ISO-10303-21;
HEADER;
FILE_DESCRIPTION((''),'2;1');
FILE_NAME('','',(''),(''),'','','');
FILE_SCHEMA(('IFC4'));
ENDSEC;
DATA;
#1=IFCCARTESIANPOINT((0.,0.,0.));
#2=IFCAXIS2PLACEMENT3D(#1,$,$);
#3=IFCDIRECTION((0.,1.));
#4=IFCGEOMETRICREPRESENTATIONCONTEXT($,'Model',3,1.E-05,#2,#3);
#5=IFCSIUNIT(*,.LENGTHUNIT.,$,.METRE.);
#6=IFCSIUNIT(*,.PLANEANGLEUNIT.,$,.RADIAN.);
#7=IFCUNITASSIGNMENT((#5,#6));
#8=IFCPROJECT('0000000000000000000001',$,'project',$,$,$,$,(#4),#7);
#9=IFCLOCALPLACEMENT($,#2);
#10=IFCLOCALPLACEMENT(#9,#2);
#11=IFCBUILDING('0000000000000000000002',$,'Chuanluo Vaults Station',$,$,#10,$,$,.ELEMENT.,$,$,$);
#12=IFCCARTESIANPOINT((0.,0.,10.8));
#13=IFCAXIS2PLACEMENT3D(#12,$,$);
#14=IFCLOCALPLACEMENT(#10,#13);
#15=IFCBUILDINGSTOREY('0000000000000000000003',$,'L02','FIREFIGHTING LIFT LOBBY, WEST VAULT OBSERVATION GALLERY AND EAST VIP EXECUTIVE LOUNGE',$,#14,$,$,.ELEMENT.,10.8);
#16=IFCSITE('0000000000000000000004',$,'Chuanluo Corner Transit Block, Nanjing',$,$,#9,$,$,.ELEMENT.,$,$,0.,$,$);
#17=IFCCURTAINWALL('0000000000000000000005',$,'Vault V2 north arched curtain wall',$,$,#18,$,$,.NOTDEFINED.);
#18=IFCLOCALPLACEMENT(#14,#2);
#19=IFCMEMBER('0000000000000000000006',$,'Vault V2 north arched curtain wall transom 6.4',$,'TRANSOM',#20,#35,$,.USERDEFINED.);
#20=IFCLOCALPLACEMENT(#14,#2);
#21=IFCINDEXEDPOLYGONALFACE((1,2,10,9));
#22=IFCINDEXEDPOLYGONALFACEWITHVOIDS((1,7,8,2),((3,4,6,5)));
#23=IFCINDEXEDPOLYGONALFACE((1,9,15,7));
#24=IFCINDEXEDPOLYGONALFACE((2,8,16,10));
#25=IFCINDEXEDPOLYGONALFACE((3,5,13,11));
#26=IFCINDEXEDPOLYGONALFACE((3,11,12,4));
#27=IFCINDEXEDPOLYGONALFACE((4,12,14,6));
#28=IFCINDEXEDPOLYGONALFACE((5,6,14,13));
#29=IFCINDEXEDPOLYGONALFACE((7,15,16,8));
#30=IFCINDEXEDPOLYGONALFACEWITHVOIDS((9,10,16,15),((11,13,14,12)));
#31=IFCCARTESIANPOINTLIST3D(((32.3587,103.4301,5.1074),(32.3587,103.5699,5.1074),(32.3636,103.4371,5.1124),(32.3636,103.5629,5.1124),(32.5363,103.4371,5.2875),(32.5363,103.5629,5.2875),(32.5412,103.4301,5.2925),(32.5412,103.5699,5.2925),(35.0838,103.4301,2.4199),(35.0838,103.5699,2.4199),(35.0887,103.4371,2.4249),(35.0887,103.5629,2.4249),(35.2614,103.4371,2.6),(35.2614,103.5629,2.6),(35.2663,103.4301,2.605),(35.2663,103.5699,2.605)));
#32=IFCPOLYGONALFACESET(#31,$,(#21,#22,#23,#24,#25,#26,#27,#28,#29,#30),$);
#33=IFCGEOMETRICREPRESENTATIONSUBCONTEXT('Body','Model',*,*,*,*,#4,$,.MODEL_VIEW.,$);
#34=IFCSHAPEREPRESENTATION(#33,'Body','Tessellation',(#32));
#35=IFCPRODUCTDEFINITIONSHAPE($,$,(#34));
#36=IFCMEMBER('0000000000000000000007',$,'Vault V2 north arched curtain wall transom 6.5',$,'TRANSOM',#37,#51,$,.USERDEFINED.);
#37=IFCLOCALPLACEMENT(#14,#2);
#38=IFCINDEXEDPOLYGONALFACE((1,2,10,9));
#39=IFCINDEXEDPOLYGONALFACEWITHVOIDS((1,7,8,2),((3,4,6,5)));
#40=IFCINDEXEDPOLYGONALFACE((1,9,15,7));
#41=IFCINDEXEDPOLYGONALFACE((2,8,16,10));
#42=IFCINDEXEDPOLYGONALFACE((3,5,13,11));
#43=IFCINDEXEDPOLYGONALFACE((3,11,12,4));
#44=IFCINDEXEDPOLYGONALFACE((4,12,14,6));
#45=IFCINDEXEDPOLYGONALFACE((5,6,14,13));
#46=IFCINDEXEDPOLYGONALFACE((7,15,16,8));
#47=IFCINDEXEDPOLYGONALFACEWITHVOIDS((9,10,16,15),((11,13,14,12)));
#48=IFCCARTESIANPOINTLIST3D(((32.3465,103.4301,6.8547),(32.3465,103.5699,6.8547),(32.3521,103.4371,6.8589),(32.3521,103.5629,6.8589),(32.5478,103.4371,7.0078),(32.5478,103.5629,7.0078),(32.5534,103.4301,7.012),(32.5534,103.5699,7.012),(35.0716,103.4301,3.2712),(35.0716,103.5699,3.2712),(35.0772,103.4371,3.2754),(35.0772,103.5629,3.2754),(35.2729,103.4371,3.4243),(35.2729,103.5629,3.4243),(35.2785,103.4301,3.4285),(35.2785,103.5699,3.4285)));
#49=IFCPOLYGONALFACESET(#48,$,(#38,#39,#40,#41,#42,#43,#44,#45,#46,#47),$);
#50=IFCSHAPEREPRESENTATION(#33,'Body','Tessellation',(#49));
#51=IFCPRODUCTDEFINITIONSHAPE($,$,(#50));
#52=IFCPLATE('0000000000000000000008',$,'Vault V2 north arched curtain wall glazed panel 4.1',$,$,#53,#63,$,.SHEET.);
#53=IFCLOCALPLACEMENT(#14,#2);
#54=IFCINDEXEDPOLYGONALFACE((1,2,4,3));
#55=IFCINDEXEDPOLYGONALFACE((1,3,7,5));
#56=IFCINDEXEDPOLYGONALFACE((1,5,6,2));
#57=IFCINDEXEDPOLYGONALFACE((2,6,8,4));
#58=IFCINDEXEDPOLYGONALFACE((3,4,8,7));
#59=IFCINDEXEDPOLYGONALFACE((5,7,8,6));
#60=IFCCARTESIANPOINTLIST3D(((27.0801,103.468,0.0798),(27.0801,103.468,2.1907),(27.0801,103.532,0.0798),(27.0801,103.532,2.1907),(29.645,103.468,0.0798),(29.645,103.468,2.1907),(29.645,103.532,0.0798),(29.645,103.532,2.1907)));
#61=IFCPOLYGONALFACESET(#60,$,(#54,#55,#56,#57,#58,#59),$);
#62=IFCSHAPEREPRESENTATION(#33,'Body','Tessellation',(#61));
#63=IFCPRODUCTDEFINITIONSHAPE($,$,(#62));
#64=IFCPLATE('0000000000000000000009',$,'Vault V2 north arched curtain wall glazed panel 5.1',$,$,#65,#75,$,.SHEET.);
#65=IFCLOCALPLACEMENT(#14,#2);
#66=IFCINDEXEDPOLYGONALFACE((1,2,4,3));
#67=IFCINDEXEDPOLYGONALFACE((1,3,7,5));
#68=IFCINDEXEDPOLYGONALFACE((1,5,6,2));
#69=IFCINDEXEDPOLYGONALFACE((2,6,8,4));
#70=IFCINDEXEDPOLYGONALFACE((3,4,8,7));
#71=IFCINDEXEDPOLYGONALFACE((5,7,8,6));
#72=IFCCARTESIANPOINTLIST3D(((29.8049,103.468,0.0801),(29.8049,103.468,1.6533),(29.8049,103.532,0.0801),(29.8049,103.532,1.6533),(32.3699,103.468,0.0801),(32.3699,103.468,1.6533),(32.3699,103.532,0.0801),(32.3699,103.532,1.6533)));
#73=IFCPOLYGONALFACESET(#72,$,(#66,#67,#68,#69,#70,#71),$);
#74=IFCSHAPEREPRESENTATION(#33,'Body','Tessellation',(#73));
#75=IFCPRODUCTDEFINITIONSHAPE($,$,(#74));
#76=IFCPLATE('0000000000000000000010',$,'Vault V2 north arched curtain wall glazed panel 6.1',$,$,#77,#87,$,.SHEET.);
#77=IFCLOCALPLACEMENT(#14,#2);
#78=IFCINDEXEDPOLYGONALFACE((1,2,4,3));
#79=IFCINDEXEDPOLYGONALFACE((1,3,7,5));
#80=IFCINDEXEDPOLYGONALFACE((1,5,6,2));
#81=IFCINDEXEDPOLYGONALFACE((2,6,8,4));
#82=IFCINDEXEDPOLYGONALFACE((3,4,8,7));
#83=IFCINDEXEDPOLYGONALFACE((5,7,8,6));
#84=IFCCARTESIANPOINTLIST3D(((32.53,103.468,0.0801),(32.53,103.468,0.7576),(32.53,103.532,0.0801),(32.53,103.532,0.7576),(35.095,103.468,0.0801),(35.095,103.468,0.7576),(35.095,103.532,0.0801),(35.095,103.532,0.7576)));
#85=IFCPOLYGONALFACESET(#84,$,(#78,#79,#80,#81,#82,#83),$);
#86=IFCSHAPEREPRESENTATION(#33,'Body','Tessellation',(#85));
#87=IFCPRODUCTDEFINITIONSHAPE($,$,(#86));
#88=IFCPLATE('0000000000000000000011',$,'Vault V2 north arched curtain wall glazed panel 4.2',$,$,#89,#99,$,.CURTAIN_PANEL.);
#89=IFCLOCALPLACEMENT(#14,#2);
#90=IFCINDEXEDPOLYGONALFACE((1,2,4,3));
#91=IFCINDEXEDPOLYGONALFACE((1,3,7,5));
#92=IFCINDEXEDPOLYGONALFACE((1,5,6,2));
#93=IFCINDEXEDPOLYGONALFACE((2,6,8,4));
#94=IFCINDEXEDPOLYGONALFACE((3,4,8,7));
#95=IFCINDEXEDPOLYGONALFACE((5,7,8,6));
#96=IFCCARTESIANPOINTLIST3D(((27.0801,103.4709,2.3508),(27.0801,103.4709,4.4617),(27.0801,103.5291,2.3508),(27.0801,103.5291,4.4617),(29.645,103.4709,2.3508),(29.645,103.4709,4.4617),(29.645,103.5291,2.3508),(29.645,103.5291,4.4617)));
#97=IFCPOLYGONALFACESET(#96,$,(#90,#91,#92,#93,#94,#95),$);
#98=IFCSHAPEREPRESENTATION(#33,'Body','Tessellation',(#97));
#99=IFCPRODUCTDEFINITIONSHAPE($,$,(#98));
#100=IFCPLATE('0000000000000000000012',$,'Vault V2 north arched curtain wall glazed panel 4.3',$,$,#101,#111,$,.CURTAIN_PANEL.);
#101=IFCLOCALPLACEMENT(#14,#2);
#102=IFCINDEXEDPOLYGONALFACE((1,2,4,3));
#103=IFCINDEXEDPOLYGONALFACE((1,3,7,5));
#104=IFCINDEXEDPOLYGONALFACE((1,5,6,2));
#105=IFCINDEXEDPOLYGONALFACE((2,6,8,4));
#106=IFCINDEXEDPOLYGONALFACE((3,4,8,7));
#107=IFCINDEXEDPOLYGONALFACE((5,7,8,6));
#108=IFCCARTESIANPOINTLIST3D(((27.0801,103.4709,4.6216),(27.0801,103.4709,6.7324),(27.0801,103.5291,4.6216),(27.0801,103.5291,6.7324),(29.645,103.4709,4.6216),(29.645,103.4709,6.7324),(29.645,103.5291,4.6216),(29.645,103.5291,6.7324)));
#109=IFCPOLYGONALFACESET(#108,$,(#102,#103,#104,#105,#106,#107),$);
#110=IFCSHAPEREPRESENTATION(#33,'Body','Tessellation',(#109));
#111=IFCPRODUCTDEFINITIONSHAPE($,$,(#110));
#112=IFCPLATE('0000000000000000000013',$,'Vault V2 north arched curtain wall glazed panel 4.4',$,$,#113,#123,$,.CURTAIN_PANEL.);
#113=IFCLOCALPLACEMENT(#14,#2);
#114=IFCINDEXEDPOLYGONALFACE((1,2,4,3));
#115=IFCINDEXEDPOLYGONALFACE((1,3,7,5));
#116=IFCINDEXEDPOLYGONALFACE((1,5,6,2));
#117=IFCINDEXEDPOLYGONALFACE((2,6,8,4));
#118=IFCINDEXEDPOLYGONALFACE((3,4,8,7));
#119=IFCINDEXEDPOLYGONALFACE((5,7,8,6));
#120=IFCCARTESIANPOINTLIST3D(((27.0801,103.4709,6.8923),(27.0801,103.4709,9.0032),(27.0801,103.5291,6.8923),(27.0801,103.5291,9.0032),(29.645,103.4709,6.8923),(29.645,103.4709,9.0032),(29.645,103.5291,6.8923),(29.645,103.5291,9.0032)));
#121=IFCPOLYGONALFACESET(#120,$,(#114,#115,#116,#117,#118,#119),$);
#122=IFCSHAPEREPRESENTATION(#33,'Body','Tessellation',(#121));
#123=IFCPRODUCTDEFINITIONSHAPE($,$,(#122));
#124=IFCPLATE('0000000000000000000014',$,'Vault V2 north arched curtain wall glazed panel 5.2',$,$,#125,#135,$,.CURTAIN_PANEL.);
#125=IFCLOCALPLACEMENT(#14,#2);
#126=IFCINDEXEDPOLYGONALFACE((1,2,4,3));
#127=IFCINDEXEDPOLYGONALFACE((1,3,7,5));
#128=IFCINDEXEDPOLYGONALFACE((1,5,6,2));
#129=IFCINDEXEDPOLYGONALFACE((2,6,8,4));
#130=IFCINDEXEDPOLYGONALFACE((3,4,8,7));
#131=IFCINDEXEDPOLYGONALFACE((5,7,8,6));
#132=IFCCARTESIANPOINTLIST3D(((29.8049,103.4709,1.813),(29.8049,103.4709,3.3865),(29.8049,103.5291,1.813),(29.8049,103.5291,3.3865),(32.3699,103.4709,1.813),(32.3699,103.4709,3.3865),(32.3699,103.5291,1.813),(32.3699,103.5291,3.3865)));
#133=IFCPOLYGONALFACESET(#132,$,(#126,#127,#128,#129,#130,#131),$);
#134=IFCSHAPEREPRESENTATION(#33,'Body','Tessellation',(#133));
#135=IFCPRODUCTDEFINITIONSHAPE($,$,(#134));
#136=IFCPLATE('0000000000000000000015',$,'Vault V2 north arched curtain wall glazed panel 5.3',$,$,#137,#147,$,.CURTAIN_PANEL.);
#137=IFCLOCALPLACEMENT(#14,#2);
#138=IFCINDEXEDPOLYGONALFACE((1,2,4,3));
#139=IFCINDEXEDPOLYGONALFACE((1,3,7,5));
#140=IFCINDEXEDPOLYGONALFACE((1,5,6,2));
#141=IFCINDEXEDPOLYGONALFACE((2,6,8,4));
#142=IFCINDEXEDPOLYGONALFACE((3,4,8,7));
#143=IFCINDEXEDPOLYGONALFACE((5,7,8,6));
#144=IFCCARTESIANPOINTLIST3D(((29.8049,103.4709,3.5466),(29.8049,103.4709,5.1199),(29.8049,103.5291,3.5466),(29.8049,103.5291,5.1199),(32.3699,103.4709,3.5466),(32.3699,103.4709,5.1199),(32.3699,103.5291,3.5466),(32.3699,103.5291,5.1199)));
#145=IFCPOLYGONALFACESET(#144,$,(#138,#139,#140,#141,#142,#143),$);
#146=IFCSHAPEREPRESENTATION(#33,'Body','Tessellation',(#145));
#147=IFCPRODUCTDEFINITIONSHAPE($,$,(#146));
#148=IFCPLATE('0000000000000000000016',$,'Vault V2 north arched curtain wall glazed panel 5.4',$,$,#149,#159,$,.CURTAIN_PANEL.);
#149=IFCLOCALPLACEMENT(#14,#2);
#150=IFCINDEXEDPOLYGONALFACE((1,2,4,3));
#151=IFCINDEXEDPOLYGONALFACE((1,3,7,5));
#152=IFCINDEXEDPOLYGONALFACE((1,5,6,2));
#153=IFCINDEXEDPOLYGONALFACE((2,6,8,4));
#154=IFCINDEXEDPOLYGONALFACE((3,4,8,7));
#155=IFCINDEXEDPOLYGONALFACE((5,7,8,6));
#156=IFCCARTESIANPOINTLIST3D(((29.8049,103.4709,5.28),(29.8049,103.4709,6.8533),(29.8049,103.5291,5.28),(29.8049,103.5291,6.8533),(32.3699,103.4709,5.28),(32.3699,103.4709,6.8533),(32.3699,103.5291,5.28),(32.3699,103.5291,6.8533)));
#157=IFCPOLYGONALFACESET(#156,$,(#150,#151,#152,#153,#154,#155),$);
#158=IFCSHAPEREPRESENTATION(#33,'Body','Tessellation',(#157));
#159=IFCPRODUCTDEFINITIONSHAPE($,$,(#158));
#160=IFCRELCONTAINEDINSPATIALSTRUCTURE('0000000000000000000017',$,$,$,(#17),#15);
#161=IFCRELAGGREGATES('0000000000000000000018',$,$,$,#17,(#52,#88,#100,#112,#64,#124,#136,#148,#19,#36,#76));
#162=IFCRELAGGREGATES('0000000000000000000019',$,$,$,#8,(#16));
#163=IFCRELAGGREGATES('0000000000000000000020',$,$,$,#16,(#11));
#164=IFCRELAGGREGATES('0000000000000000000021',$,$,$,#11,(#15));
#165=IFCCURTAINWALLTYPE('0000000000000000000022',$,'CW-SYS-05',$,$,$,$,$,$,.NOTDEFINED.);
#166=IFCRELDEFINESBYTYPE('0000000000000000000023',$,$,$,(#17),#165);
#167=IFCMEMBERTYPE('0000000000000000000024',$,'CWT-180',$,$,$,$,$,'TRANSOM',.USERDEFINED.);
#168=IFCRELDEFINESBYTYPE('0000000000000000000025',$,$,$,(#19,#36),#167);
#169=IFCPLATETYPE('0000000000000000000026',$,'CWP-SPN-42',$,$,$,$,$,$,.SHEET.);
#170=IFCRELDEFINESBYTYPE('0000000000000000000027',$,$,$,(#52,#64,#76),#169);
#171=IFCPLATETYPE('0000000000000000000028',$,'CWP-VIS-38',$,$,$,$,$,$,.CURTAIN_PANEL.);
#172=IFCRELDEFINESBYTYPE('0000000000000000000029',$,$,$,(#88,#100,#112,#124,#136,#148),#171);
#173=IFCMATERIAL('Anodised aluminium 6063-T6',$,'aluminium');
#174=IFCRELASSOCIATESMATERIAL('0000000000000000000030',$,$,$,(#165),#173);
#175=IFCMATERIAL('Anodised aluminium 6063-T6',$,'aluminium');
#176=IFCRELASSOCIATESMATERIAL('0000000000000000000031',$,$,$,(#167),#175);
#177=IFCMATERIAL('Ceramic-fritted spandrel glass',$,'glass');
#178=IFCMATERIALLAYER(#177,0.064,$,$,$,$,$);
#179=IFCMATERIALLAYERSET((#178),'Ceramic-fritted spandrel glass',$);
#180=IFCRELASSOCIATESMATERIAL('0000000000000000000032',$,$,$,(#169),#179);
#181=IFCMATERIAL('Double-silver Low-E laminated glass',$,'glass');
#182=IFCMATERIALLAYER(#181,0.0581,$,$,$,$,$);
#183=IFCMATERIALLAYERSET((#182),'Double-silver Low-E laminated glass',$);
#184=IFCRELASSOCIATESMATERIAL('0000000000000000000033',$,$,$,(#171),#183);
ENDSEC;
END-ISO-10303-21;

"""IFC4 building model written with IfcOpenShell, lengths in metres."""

from ifc_helpers import new_model, si_unit, direction, frame, origin, origin_2d, place, context, subcontext, project, spatial, rectangle, hollow_rectangle, extrude, material, layer, layer_set, material_profile, profile_set, type_object, element, aggregate, save


model = new_model("IFC4")

# Units and contexts
model_context = context("Model", 3, precision=1e-05, world=origin(), true_north=direction((0.0, 1.0)))
body_context = subcontext(model_context, "Body", "Model", "MODEL_VIEW")
ifc_project = project(units=[si_unit("LENGTHUNIT", "METRE"), si_unit("PLANEANGLEUNIT", "RADIAN")], contexts=[model_context])

# Site, building, storey
site_placement = place(None, origin())
site = spatial("IfcSite", under=ifc_project, at=site_placement, Name="Chuanluo Corner Transit Block, Nanjing", CompositionType="ELEMENT", RefElevation=0.0)
building_placement = place(site_placement, origin())
building = spatial("IfcBuilding", under=site, at=building_placement, Name="Chuanluo Vaults Station", CompositionType="ELEMENT")
storey_placement = place(building_placement, frame((0.0, 0.0, 10.8)))
storey = spatial("IfcBuildingStorey", under=building, at=storey_placement, Name="L02", Description="FIREFIGHTING LIFT LOBBY, WEST VAULT OBSERVATION GALLERY AND EAST VIP EXECUTIVE LOUNGE", CompositionType="ELEMENT", Elevation=10.8)

# Curtain wall, members, plates
ifc_material_1 = material(Name="Anodised aluminium 6063-T6", Category="aluminium")
curtain_wall_type = type_object("IfcCurtainWallType", Name="CW-SYS-05", PredefinedType="NOTDEFINED", material=ifc_material_1)
curtain_wall_placement = place(storey_placement, origin())
curtain_wall = element("IfcCurtainWall", 1, at=curtain_wall_placement, inside=storey, type_object=curtain_wall_type, Name="Vault V2 north arched curtain wall", PredefinedType="NOTDEFINED")
ifc_material_2 = material(Name="Anodised aluminium 6063-T6", Category="aluminium")
ifc_material_profile_1 = material_profile(ifc_material_2, hollow_rectangle(XDim=0.1399, YDim=0.26, WallThickness=0.0071, at=origin_2d()))
ifc_profile_set_1 = profile_set([ifc_material_profile_1], Name="Anodised aluminium 6063-T6")
member_type_1 = type_object("IfcMemberType", Name="CWT-180", ElementType="TRANSOM", PredefinedType="USERDEFINED", material=ifc_profile_set_1)
member_1_placement = place(storey_placement, frame((32.45, 103.5, 5.2), z_axis=(0.712001, 0.0, -0.702178), x_axis=(0.0, 1.0, 0.0)))
member_1 = element("IfcMember", 2, at=member_1_placement, type_object=member_type_1, Name="Vault V2 north arched curtain wall transom 6.4", ObjectType="TRANSOM", PredefinedType="USERDEFINED", context=body_context, shape_type="SweptSolid", body=[
    extrude(hollow_rectangle(XDim=0.1399, YDim=0.26, WallThickness=0.0071, at=origin_2d()), origin(), (0.0, 0.0, 1.0), 3.8274),
])
member_2_placement = place(storey_placement, frame((32.45, 103.5, 6.9333), z_axis=(0.605314, 0.0, -0.795987), x_axis=(0.0, 1.0, 0.0)))
member_2 = element("IfcMember", 3, at=member_2_placement, type_object=member_type_1, Name="Vault V2 north arched curtain wall transom 6.5", ObjectType="TRANSOM", PredefinedType="USERDEFINED", context=body_context, shape_type="SweptSolid", body=[
    extrude(hollow_rectangle(XDim=0.1399, YDim=0.26, WallThickness=0.0071, at=origin_2d()), origin(), (0.0, 0.0, 1.0), 4.502),
])
ifc_material_3 = material(Name="Ceramic-fritted spandrel glass", Category="glass")
ifc_layer_1 = layer(ifc_material_3, 0.064)
ifc_layer_set_1 = layer_set([ifc_layer_1], Name="Ceramic-fritted spandrel glass")
plate_type_1 = type_object("IfcPlateType", Name="CWP-SPN-42", PredefinedType="SHEET", material=ifc_layer_set_1)
plate_1_placement = place(storey_placement, frame((28.3625, 103.5, 0.0798), z_axis=(0.0, 0.0, 1.0), x_axis=(1.0, 0.0, 0.0)))
plate_1 = element("IfcPlate", 4, at=plate_1_placement, type_object=plate_type_1, Name="Vault V2 north arched curtain wall glazed panel 4.1", PredefinedType="SHEET", context=body_context, shape_type="SweptSolid", body=[
    extrude(rectangle(XDim=2.5649, YDim=0.064, at=origin_2d()), origin(), (0.0, 0.0, 1.0), 2.1108),
])
plate_2_placement = place(storey_placement, frame((31.0874, 103.5, 0.0801), z_axis=(0.0, 0.0, 1.0), x_axis=(1.0, 0.0, 0.0)))
plate_2 = element("IfcPlate", 5, at=plate_2_placement, type_object=plate_type_1, Name="Vault V2 north arched curtain wall glazed panel 5.1", PredefinedType="SHEET", context=body_context, shape_type="SweptSolid", body=[
    extrude(rectangle(XDim=2.5649, YDim=0.064, at=origin_2d()), origin(), (0.0, 0.0, 1.0), 1.5732),
])
plate_3_placement = place(storey_placement, frame((33.8125, 103.5, 0.0801), z_axis=(0.0, 0.0, 1.0), x_axis=(1.0, 0.0, 0.0)))
plate_3 = element("IfcPlate", 6, at=plate_3_placement, type_object=plate_type_1, Name="Vault V2 north arched curtain wall glazed panel 6.1", PredefinedType="SHEET", context=body_context, shape_type="SweptSolid", body=[
    extrude(rectangle(XDim=2.5649, YDim=0.064, at=origin_2d()), origin(), (0.0, 0.0, 1.0), 0.6775),
])
ifc_material_4 = material(Name="Double-silver Low-E laminated glass", Category="glass")
ifc_layer_2 = layer(ifc_material_4, 0.0581)
ifc_layer_set_2 = layer_set([ifc_layer_2], Name="Double-silver Low-E laminated glass")
plate_type_2 = type_object("IfcPlateType", Name="CWP-VIS-38", PredefinedType="CURTAIN_PANEL", material=ifc_layer_set_2)
plate_4_placement = place(storey_placement, frame((28.3625, 103.5, 2.3508), z_axis=(0.0, 0.0, 1.0), x_axis=(1.0, 0.0, 0.0)))
plate_4 = element("IfcPlate", 7, at=plate_4_placement, type_object=plate_type_2, Name="Vault V2 north arched curtain wall glazed panel 4.2", PredefinedType="CURTAIN_PANEL", context=body_context, shape_type="SweptSolid", body=[
    extrude(rectangle(XDim=2.5649, YDim=0.0581, at=origin_2d()), origin(), (0.0, 0.0, 1.0), 2.1108),
])
plate_5_placement = place(storey_placement, frame((28.3625, 103.5, 4.6216), z_axis=(0.0, 0.0, 1.0), x_axis=(1.0, 0.0, 0.0)))
plate_5 = element("IfcPlate", 8, at=plate_5_placement, type_object=plate_type_2, Name="Vault V2 north arched curtain wall glazed panel 4.3", PredefinedType="CURTAIN_PANEL", context=body_context, shape_type="SweptSolid", body=[
    extrude(rectangle(XDim=2.5649, YDim=0.0581, at=origin_2d()), origin(), (0.0, 0.0, 1.0), 2.1108),
])
plate_6_placement = place(storey_placement, frame((28.3625, 103.5, 6.8923), z_axis=(0.0, 0.0, 1.0), x_axis=(1.0, 0.0, 0.0)))
plate_6 = element("IfcPlate", 9, at=plate_6_placement, type_object=plate_type_2, Name="Vault V2 north arched curtain wall glazed panel 4.4", PredefinedType="CURTAIN_PANEL", context=body_context, shape_type="SweptSolid", body=[
    extrude(rectangle(XDim=2.5649, YDim=0.0581, at=origin_2d()), origin(), (0.0, 0.0, 1.0), 2.1108),
])
plate_7_placement = place(storey_placement, frame((31.0874, 103.5, 1.813), z_axis=(0.0, 0.0, 1.0), x_axis=(1.0, 0.0, 0.0)))
plate_7 = element("IfcPlate", 10, at=plate_7_placement, type_object=plate_type_2, Name="Vault V2 north arched curtain wall glazed panel 5.2", PredefinedType="CURTAIN_PANEL", context=body_context, shape_type="SweptSolid", body=[
    extrude(rectangle(XDim=2.5649, YDim=0.0581, at=origin_2d()), origin(), (0.0, 0.0, 1.0), 1.5735),
])
plate_8_placement = place(storey_placement, frame((31.0874, 103.5, 3.5466), z_axis=(0.0, 0.0, 1.0), x_axis=(1.0, 0.0, 0.0)))
plate_8 = element("IfcPlate", 11, at=plate_8_placement, type_object=plate_type_2, Name="Vault V2 north arched curtain wall glazed panel 5.3", PredefinedType="CURTAIN_PANEL", context=body_context, shape_type="SweptSolid", body=[
    extrude(rectangle(XDim=2.5649, YDim=0.0581, at=origin_2d()), origin(), (0.0, 0.0, 1.0), 1.5732),
])
plate_9_placement = place(storey_placement, frame((31.0874, 103.5, 5.28), z_axis=(0.0, 0.0, 1.0), x_axis=(1.0, 0.0, 0.0)))
plate_9 = element("IfcPlate", 12, at=plate_9_placement, type_object=plate_type_2, Name="Vault V2 north arched curtain wall glazed panel 5.4", PredefinedType="CURTAIN_PANEL", context=body_context, shape_type="SweptSolid", body=[
    extrude(rectangle(XDim=2.5649, YDim=0.0581, at=origin_2d()), origin(), (0.0, 0.0, 1.0), 1.5732),
])
aggregate(curtain_wall, [plate_1, plate_4, plate_5, plate_6, plate_2, plate_7, plate_8, plate_9, member_1, member_2, plate_3])

save(model, "model.ifc")
